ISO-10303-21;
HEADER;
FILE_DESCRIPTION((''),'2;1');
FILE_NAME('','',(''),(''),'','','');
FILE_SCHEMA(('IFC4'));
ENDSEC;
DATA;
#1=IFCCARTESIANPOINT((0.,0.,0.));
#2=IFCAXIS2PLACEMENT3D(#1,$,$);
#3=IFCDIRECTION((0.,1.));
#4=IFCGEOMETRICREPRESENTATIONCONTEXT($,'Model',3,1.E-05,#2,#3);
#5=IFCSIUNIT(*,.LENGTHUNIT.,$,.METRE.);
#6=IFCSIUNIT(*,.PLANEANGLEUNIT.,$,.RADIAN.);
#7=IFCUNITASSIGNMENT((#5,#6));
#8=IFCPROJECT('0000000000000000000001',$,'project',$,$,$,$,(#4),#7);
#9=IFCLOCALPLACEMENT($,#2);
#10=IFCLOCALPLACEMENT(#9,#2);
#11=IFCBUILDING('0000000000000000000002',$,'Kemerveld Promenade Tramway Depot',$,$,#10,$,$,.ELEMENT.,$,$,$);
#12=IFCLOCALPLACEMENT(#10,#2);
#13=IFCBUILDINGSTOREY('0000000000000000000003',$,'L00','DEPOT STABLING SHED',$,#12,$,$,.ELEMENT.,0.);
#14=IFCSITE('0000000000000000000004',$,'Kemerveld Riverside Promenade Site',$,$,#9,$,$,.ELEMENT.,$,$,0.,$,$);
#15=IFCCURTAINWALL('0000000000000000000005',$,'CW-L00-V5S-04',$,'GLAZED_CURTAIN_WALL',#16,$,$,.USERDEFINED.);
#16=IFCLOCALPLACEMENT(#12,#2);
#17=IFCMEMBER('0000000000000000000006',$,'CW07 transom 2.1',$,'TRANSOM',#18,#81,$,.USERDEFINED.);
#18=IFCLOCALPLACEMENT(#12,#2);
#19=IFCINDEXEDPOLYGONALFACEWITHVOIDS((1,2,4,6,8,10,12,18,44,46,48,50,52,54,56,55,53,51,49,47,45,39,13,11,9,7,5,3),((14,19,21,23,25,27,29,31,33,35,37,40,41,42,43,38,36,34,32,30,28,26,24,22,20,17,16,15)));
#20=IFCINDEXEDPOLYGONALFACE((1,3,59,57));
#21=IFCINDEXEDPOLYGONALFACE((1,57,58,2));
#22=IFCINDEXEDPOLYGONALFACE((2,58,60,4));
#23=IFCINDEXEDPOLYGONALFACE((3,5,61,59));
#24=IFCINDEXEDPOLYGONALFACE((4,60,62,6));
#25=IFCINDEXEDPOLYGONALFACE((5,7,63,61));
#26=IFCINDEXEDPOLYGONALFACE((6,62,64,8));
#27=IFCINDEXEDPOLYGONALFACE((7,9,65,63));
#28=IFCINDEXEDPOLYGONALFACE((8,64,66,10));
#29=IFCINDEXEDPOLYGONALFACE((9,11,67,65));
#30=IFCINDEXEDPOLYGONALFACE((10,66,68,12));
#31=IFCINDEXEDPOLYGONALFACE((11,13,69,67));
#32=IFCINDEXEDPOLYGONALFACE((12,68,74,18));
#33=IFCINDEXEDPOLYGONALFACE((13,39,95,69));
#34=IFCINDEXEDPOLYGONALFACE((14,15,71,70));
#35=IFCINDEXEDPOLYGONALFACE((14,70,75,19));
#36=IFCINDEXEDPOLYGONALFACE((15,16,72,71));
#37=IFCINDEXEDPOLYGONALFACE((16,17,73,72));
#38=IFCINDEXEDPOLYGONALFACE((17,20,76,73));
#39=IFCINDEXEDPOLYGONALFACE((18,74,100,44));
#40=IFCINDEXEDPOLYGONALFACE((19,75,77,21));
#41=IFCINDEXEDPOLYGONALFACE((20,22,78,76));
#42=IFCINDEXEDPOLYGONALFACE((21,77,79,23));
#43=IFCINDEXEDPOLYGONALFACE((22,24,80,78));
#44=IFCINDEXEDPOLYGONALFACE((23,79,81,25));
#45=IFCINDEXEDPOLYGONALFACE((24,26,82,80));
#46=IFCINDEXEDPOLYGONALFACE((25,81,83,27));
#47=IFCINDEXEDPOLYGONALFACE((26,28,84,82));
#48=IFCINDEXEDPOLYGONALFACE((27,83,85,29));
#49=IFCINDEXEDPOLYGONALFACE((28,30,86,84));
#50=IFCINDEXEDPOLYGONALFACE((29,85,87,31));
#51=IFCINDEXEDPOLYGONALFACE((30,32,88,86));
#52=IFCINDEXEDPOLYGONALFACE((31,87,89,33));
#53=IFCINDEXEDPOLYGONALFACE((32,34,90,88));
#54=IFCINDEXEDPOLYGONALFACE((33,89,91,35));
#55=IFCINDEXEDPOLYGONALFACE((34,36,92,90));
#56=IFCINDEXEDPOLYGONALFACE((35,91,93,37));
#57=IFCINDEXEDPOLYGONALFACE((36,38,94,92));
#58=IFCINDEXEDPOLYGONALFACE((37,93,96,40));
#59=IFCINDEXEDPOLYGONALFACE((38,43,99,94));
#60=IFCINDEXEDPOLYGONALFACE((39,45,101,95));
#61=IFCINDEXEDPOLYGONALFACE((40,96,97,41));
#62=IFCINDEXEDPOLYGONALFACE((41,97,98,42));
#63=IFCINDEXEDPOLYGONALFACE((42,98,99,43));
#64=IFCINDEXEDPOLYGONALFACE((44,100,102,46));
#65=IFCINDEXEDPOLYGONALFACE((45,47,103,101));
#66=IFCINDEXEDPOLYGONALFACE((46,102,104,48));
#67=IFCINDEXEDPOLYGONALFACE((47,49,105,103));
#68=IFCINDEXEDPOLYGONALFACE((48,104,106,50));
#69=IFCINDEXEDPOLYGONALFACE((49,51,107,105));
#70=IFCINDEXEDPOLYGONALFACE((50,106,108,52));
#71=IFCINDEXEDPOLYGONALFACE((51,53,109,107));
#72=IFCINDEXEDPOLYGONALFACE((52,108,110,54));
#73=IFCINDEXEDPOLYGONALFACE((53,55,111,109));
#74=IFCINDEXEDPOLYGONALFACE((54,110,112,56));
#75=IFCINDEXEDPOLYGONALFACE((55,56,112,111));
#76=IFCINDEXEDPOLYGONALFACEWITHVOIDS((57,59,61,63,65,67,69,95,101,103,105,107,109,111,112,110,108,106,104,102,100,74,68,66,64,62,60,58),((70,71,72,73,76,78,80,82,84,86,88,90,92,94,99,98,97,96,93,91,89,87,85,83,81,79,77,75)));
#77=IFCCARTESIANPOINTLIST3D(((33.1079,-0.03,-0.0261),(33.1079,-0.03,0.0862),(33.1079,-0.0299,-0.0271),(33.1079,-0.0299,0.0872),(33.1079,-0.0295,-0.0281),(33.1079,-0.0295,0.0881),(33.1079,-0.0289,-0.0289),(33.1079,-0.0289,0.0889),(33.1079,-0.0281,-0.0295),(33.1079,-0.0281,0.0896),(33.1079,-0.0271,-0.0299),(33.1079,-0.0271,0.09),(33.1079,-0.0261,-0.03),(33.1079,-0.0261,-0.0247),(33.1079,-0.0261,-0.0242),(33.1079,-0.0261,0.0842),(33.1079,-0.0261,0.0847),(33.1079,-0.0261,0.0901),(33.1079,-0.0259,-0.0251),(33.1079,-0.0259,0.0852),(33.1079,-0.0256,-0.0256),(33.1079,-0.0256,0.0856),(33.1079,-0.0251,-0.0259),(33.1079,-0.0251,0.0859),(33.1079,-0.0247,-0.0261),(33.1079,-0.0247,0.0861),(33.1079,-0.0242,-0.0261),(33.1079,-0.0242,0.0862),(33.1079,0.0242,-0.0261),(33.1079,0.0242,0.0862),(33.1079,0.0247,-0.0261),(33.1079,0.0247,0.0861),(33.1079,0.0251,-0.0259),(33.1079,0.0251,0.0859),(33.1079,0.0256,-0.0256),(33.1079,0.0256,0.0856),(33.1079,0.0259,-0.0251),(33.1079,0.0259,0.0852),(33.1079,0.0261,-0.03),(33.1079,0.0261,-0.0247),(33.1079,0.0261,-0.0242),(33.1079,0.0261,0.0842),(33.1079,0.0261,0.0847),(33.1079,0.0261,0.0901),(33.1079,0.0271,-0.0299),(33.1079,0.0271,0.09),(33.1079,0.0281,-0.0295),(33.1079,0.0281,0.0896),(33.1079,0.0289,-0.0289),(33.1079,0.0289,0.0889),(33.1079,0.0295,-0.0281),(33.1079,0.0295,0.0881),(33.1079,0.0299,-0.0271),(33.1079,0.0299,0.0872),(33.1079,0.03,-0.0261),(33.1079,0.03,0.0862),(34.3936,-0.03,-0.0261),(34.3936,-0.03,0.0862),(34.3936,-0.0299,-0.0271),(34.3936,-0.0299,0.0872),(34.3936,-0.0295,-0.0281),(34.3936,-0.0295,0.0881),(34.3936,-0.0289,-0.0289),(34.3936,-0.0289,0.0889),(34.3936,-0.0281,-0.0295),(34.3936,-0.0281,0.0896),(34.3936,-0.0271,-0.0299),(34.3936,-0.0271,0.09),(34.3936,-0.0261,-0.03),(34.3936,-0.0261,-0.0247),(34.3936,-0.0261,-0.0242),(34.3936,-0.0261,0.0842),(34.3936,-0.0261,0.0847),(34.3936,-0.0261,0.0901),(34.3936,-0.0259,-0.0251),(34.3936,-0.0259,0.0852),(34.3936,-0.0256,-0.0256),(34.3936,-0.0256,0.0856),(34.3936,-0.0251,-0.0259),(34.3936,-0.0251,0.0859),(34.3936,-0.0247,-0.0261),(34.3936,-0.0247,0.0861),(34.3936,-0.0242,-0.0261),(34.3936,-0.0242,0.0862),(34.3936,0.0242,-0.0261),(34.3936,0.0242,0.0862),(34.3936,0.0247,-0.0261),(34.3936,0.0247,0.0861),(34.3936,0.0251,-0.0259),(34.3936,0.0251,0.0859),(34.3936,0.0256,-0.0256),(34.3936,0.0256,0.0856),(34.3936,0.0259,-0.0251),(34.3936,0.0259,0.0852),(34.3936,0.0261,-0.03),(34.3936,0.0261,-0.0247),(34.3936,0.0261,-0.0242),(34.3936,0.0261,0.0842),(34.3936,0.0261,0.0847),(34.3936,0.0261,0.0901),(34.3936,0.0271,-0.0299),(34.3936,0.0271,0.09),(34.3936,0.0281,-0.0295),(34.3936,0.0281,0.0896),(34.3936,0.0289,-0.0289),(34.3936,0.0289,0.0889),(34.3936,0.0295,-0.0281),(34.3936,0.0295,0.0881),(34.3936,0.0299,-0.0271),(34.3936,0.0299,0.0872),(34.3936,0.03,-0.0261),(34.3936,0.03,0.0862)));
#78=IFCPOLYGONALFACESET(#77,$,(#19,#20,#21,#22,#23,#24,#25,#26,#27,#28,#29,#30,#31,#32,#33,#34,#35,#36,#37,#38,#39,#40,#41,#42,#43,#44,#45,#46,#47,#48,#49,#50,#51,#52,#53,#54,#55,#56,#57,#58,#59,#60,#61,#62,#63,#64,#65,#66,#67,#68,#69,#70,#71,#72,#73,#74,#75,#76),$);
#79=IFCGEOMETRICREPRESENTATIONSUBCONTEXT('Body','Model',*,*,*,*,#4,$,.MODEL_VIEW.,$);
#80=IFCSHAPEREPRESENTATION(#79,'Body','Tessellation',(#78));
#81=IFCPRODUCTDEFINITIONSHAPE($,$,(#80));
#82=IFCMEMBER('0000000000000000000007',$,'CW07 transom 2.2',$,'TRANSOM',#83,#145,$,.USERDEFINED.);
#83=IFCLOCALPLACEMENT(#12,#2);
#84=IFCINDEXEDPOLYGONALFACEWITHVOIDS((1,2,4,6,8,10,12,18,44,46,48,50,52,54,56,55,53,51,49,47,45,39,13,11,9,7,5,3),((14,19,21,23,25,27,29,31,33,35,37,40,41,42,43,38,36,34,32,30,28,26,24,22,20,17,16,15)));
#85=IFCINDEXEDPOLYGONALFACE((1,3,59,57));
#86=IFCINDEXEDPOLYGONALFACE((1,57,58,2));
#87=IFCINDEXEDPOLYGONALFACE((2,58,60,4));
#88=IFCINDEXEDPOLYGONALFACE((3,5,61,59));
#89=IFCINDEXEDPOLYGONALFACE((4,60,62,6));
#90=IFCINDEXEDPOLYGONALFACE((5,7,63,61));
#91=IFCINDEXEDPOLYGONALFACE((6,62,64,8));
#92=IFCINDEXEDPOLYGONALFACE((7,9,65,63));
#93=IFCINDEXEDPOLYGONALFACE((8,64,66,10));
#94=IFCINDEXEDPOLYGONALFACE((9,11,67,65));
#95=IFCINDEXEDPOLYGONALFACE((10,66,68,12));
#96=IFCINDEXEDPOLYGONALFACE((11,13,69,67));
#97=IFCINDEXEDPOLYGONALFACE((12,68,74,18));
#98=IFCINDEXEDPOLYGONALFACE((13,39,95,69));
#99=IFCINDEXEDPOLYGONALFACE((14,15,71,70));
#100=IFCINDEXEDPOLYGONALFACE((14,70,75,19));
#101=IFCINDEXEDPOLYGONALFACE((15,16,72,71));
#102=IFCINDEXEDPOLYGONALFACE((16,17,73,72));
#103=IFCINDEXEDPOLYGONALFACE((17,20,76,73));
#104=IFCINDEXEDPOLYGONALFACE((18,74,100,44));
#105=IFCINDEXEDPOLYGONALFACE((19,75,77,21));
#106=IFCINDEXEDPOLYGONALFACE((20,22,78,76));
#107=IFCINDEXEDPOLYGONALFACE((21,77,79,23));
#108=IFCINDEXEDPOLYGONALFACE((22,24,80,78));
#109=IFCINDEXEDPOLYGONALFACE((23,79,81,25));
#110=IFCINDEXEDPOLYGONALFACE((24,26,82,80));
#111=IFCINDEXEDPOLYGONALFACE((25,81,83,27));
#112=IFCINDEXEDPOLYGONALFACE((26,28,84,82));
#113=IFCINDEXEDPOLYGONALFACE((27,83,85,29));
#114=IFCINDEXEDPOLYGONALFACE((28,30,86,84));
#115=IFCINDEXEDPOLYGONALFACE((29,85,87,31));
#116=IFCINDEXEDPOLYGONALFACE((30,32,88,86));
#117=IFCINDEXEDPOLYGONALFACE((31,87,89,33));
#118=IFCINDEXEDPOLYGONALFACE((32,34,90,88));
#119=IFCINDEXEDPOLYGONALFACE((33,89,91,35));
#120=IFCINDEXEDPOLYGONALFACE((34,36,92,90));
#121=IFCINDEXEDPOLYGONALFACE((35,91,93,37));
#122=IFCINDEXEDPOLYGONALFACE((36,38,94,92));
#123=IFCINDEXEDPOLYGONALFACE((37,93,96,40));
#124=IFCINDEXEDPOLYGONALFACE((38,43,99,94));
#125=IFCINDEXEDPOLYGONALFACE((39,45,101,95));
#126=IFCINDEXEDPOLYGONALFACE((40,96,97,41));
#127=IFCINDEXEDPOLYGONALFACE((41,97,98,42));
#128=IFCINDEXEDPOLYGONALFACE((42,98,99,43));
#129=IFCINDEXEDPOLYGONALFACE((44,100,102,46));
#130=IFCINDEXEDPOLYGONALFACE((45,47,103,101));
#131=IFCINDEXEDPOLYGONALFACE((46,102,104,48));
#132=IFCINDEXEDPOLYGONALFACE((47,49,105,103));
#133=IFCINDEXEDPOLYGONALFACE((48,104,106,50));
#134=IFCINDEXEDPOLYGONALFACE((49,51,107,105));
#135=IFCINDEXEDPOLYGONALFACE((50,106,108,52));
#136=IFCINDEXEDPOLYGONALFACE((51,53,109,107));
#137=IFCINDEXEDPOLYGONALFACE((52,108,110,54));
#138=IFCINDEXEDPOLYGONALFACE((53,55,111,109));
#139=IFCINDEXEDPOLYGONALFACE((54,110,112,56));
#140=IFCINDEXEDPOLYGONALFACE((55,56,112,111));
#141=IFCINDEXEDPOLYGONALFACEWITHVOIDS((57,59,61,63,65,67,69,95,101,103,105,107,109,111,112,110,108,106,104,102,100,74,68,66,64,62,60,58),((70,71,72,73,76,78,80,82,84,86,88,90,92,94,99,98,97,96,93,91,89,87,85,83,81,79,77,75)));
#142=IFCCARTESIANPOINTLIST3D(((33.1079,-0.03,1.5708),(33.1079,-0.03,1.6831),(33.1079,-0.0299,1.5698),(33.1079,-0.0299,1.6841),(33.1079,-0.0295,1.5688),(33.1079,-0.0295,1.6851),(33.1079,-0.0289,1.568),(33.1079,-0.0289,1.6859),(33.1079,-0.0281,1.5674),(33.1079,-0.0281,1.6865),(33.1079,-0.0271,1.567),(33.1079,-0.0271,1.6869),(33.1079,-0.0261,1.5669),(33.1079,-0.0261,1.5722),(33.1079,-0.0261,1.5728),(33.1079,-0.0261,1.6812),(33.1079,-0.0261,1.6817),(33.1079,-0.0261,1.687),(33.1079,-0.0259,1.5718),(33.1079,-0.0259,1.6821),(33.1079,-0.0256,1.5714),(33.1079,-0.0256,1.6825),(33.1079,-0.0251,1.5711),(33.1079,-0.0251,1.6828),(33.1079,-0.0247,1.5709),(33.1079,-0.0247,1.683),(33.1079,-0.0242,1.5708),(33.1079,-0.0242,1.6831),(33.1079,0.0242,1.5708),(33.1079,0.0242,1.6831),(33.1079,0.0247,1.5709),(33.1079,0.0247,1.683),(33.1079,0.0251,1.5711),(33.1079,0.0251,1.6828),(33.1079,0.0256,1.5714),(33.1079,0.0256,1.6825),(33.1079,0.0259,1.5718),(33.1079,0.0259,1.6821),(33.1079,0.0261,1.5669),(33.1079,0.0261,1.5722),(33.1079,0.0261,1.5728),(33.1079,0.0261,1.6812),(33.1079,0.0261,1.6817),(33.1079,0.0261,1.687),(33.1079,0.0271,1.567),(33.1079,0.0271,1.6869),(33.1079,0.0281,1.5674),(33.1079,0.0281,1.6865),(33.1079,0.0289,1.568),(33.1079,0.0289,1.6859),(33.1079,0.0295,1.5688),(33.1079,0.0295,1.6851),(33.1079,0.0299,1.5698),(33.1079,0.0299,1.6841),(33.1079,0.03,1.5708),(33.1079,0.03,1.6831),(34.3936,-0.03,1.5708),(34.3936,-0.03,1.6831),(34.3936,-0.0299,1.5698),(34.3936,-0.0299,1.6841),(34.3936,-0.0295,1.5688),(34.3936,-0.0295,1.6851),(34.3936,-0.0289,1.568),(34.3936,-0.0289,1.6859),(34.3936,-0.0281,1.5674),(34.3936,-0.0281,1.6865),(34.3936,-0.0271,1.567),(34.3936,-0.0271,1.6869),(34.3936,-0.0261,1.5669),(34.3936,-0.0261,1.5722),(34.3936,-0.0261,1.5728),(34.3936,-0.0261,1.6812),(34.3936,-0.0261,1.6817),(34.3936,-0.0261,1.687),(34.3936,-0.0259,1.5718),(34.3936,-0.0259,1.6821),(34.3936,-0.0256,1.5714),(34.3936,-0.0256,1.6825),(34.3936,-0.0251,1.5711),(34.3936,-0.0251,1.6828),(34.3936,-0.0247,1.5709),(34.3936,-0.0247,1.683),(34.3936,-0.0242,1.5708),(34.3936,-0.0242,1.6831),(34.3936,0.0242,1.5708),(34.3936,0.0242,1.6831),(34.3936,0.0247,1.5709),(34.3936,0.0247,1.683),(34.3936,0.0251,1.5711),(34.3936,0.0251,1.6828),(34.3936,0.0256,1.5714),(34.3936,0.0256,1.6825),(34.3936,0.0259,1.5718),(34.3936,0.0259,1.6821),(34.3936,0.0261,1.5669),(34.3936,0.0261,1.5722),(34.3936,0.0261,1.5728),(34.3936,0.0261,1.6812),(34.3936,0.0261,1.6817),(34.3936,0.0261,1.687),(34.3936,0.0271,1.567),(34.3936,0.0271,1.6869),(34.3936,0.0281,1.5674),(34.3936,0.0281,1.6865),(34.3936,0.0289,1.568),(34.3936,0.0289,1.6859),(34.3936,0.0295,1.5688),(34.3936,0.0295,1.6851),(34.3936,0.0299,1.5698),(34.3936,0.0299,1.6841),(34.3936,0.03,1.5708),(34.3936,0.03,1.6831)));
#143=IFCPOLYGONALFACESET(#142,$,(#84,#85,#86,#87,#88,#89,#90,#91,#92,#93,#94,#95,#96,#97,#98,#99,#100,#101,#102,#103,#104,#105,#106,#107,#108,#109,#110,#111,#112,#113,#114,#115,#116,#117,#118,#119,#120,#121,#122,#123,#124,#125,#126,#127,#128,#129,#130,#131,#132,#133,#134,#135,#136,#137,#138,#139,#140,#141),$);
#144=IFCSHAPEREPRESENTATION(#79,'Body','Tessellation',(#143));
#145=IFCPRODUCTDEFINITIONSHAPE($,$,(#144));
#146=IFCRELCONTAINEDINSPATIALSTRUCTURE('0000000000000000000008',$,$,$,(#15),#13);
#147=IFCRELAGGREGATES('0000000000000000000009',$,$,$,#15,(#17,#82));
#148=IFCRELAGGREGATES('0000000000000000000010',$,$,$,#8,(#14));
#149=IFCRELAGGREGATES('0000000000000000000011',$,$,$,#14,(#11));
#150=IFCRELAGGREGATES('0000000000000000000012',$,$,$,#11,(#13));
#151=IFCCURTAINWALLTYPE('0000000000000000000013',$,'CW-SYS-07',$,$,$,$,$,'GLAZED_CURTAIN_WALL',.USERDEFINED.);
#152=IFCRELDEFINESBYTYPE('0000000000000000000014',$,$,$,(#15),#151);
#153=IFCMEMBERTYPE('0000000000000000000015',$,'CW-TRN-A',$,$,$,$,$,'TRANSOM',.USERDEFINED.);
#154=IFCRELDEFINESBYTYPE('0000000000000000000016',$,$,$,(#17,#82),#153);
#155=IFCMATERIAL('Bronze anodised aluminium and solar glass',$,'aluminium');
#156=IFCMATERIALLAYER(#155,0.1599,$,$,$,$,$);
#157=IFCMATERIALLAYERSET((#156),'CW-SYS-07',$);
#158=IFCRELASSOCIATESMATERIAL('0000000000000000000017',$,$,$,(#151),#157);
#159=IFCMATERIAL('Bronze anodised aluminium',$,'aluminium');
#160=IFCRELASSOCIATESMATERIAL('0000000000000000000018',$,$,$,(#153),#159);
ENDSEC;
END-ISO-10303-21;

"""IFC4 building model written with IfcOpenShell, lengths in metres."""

from ifc_helpers import new_model, si_unit, direction, frame, origin, origin_2d, place, context, subcontext, project, spatial, hollow_rectangle, extrude, material, layer, layer_set, material_profile, profile_set, type_object, element, aggregate, save


model = new_model("IFC4")

# Units and contexts
model_context = context("Model", 3, precision=1e-05, world=origin(), true_north=direction((0.0, 1.0)))
body_context = subcontext(model_context, "Body", "Model", "MODEL_VIEW")
ifc_project = project(units=[si_unit("LENGTHUNIT", "METRE"), si_unit("PLANEANGLEUNIT", "RADIAN")], contexts=[model_context])

# Site, building, storey
site_placement = place(None, origin())
site = spatial("IfcSite", under=ifc_project, at=site_placement, Name="Kemerveld Riverside Promenade Site", CompositionType="ELEMENT", RefElevation=0.0)
building_placement = place(site_placement, origin())
building = spatial("IfcBuilding", under=site, at=building_placement, Name="Kemerveld Promenade Tramway Depot", CompositionType="ELEMENT")
storey_placement = place(building_placement, origin())
storey = spatial("IfcBuildingStorey", under=building, at=storey_placement, Name="L00", Description="DEPOT STABLING SHED", CompositionType="ELEMENT", Elevation=0.0)

# Curtain wall, members
ifc_material_1 = material(Name="Bronze anodised aluminium and solar glass", Category="aluminium")
ifc_layer_1 = layer(ifc_material_1, 0.1599)
ifc_layer_set_1 = layer_set([ifc_layer_1], Name="CW-SYS-07")
curtain_wall_type = type_object("IfcCurtainWallType", Name="CW-SYS-07", ElementType="GLAZED_CURTAIN_WALL", PredefinedType="USERDEFINED", material=ifc_layer_set_1)
curtain_wall_placement = place(storey_placement, origin())
curtain_wall = element("IfcCurtainWall", 1, at=curtain_wall_placement, inside=storey, type_object=curtain_wall_type, Name="CW-L00-V5S-04", ObjectType="GLAZED_CURTAIN_WALL", PredefinedType="USERDEFINED")
ifc_material_2 = material(Name="Bronze anodised aluminium", Category="aluminium")
ifc_material_profile_1 = material_profile(ifc_material_2, hollow_rectangle(XDim=0.0601, YDim=0.1201, WallThickness=0.0039, InnerFilletRadius=0.002, OuterFilletRadius=0.0039, at=origin_2d()), Name="CW-TRN-120x60")
ifc_profile_set_1 = profile_set([ifc_material_profile_1], Name="Bronze anodised aluminium")
member_type_1 = type_object("IfcMemberType", Name="CW-TRN-A", ElementType="TRANSOM", PredefinedType="USERDEFINED", material=ifc_profile_set_1)
member_1_placement = place(storey_placement, frame((34.3936, 0.0, 0.03), z_axis=(-1.0, 0.0, 0.0), x_axis=(0.0, -1.0, 0.0)))
member_1 = element("IfcMember", 2, at=member_1_placement, type_object=member_type_1, Name="CW07 transom 2.1", ObjectType="TRANSOM", PredefinedType="USERDEFINED", context=body_context, shape_type="SweptSolid", body=[
    extrude(hollow_rectangle(XDim=0.0601, YDim=0.1201, WallThickness=0.0039, InnerFilletRadius=0.002, OuterFilletRadius=0.0039, at=origin_2d()), origin(), (0.0, 0.0, 1.0), 1.2856),
])
member_2_placement = place(storey_placement, frame((34.3936, 0.0, 1.627), z_axis=(-1.0, 0.0, 0.0), x_axis=(0.0, -1.0, 0.0)))
member_2 = element("IfcMember", 3, at=member_2_placement, type_object=member_type_1, Name="CW07 transom 2.2", ObjectType="TRANSOM", PredefinedType="USERDEFINED", context=body_context, shape_type="SweptSolid", body=[
    extrude(hollow_rectangle(XDim=0.0601, YDim=0.1201, WallThickness=0.0039, InnerFilletRadius=0.002, OuterFilletRadius=0.0039, at=origin_2d()), origin(), (0.0, 0.0, 1.0), 1.2856),
])
aggregate(curtain_wall, [member_1, member_2])

save(model, "model.ifc")
